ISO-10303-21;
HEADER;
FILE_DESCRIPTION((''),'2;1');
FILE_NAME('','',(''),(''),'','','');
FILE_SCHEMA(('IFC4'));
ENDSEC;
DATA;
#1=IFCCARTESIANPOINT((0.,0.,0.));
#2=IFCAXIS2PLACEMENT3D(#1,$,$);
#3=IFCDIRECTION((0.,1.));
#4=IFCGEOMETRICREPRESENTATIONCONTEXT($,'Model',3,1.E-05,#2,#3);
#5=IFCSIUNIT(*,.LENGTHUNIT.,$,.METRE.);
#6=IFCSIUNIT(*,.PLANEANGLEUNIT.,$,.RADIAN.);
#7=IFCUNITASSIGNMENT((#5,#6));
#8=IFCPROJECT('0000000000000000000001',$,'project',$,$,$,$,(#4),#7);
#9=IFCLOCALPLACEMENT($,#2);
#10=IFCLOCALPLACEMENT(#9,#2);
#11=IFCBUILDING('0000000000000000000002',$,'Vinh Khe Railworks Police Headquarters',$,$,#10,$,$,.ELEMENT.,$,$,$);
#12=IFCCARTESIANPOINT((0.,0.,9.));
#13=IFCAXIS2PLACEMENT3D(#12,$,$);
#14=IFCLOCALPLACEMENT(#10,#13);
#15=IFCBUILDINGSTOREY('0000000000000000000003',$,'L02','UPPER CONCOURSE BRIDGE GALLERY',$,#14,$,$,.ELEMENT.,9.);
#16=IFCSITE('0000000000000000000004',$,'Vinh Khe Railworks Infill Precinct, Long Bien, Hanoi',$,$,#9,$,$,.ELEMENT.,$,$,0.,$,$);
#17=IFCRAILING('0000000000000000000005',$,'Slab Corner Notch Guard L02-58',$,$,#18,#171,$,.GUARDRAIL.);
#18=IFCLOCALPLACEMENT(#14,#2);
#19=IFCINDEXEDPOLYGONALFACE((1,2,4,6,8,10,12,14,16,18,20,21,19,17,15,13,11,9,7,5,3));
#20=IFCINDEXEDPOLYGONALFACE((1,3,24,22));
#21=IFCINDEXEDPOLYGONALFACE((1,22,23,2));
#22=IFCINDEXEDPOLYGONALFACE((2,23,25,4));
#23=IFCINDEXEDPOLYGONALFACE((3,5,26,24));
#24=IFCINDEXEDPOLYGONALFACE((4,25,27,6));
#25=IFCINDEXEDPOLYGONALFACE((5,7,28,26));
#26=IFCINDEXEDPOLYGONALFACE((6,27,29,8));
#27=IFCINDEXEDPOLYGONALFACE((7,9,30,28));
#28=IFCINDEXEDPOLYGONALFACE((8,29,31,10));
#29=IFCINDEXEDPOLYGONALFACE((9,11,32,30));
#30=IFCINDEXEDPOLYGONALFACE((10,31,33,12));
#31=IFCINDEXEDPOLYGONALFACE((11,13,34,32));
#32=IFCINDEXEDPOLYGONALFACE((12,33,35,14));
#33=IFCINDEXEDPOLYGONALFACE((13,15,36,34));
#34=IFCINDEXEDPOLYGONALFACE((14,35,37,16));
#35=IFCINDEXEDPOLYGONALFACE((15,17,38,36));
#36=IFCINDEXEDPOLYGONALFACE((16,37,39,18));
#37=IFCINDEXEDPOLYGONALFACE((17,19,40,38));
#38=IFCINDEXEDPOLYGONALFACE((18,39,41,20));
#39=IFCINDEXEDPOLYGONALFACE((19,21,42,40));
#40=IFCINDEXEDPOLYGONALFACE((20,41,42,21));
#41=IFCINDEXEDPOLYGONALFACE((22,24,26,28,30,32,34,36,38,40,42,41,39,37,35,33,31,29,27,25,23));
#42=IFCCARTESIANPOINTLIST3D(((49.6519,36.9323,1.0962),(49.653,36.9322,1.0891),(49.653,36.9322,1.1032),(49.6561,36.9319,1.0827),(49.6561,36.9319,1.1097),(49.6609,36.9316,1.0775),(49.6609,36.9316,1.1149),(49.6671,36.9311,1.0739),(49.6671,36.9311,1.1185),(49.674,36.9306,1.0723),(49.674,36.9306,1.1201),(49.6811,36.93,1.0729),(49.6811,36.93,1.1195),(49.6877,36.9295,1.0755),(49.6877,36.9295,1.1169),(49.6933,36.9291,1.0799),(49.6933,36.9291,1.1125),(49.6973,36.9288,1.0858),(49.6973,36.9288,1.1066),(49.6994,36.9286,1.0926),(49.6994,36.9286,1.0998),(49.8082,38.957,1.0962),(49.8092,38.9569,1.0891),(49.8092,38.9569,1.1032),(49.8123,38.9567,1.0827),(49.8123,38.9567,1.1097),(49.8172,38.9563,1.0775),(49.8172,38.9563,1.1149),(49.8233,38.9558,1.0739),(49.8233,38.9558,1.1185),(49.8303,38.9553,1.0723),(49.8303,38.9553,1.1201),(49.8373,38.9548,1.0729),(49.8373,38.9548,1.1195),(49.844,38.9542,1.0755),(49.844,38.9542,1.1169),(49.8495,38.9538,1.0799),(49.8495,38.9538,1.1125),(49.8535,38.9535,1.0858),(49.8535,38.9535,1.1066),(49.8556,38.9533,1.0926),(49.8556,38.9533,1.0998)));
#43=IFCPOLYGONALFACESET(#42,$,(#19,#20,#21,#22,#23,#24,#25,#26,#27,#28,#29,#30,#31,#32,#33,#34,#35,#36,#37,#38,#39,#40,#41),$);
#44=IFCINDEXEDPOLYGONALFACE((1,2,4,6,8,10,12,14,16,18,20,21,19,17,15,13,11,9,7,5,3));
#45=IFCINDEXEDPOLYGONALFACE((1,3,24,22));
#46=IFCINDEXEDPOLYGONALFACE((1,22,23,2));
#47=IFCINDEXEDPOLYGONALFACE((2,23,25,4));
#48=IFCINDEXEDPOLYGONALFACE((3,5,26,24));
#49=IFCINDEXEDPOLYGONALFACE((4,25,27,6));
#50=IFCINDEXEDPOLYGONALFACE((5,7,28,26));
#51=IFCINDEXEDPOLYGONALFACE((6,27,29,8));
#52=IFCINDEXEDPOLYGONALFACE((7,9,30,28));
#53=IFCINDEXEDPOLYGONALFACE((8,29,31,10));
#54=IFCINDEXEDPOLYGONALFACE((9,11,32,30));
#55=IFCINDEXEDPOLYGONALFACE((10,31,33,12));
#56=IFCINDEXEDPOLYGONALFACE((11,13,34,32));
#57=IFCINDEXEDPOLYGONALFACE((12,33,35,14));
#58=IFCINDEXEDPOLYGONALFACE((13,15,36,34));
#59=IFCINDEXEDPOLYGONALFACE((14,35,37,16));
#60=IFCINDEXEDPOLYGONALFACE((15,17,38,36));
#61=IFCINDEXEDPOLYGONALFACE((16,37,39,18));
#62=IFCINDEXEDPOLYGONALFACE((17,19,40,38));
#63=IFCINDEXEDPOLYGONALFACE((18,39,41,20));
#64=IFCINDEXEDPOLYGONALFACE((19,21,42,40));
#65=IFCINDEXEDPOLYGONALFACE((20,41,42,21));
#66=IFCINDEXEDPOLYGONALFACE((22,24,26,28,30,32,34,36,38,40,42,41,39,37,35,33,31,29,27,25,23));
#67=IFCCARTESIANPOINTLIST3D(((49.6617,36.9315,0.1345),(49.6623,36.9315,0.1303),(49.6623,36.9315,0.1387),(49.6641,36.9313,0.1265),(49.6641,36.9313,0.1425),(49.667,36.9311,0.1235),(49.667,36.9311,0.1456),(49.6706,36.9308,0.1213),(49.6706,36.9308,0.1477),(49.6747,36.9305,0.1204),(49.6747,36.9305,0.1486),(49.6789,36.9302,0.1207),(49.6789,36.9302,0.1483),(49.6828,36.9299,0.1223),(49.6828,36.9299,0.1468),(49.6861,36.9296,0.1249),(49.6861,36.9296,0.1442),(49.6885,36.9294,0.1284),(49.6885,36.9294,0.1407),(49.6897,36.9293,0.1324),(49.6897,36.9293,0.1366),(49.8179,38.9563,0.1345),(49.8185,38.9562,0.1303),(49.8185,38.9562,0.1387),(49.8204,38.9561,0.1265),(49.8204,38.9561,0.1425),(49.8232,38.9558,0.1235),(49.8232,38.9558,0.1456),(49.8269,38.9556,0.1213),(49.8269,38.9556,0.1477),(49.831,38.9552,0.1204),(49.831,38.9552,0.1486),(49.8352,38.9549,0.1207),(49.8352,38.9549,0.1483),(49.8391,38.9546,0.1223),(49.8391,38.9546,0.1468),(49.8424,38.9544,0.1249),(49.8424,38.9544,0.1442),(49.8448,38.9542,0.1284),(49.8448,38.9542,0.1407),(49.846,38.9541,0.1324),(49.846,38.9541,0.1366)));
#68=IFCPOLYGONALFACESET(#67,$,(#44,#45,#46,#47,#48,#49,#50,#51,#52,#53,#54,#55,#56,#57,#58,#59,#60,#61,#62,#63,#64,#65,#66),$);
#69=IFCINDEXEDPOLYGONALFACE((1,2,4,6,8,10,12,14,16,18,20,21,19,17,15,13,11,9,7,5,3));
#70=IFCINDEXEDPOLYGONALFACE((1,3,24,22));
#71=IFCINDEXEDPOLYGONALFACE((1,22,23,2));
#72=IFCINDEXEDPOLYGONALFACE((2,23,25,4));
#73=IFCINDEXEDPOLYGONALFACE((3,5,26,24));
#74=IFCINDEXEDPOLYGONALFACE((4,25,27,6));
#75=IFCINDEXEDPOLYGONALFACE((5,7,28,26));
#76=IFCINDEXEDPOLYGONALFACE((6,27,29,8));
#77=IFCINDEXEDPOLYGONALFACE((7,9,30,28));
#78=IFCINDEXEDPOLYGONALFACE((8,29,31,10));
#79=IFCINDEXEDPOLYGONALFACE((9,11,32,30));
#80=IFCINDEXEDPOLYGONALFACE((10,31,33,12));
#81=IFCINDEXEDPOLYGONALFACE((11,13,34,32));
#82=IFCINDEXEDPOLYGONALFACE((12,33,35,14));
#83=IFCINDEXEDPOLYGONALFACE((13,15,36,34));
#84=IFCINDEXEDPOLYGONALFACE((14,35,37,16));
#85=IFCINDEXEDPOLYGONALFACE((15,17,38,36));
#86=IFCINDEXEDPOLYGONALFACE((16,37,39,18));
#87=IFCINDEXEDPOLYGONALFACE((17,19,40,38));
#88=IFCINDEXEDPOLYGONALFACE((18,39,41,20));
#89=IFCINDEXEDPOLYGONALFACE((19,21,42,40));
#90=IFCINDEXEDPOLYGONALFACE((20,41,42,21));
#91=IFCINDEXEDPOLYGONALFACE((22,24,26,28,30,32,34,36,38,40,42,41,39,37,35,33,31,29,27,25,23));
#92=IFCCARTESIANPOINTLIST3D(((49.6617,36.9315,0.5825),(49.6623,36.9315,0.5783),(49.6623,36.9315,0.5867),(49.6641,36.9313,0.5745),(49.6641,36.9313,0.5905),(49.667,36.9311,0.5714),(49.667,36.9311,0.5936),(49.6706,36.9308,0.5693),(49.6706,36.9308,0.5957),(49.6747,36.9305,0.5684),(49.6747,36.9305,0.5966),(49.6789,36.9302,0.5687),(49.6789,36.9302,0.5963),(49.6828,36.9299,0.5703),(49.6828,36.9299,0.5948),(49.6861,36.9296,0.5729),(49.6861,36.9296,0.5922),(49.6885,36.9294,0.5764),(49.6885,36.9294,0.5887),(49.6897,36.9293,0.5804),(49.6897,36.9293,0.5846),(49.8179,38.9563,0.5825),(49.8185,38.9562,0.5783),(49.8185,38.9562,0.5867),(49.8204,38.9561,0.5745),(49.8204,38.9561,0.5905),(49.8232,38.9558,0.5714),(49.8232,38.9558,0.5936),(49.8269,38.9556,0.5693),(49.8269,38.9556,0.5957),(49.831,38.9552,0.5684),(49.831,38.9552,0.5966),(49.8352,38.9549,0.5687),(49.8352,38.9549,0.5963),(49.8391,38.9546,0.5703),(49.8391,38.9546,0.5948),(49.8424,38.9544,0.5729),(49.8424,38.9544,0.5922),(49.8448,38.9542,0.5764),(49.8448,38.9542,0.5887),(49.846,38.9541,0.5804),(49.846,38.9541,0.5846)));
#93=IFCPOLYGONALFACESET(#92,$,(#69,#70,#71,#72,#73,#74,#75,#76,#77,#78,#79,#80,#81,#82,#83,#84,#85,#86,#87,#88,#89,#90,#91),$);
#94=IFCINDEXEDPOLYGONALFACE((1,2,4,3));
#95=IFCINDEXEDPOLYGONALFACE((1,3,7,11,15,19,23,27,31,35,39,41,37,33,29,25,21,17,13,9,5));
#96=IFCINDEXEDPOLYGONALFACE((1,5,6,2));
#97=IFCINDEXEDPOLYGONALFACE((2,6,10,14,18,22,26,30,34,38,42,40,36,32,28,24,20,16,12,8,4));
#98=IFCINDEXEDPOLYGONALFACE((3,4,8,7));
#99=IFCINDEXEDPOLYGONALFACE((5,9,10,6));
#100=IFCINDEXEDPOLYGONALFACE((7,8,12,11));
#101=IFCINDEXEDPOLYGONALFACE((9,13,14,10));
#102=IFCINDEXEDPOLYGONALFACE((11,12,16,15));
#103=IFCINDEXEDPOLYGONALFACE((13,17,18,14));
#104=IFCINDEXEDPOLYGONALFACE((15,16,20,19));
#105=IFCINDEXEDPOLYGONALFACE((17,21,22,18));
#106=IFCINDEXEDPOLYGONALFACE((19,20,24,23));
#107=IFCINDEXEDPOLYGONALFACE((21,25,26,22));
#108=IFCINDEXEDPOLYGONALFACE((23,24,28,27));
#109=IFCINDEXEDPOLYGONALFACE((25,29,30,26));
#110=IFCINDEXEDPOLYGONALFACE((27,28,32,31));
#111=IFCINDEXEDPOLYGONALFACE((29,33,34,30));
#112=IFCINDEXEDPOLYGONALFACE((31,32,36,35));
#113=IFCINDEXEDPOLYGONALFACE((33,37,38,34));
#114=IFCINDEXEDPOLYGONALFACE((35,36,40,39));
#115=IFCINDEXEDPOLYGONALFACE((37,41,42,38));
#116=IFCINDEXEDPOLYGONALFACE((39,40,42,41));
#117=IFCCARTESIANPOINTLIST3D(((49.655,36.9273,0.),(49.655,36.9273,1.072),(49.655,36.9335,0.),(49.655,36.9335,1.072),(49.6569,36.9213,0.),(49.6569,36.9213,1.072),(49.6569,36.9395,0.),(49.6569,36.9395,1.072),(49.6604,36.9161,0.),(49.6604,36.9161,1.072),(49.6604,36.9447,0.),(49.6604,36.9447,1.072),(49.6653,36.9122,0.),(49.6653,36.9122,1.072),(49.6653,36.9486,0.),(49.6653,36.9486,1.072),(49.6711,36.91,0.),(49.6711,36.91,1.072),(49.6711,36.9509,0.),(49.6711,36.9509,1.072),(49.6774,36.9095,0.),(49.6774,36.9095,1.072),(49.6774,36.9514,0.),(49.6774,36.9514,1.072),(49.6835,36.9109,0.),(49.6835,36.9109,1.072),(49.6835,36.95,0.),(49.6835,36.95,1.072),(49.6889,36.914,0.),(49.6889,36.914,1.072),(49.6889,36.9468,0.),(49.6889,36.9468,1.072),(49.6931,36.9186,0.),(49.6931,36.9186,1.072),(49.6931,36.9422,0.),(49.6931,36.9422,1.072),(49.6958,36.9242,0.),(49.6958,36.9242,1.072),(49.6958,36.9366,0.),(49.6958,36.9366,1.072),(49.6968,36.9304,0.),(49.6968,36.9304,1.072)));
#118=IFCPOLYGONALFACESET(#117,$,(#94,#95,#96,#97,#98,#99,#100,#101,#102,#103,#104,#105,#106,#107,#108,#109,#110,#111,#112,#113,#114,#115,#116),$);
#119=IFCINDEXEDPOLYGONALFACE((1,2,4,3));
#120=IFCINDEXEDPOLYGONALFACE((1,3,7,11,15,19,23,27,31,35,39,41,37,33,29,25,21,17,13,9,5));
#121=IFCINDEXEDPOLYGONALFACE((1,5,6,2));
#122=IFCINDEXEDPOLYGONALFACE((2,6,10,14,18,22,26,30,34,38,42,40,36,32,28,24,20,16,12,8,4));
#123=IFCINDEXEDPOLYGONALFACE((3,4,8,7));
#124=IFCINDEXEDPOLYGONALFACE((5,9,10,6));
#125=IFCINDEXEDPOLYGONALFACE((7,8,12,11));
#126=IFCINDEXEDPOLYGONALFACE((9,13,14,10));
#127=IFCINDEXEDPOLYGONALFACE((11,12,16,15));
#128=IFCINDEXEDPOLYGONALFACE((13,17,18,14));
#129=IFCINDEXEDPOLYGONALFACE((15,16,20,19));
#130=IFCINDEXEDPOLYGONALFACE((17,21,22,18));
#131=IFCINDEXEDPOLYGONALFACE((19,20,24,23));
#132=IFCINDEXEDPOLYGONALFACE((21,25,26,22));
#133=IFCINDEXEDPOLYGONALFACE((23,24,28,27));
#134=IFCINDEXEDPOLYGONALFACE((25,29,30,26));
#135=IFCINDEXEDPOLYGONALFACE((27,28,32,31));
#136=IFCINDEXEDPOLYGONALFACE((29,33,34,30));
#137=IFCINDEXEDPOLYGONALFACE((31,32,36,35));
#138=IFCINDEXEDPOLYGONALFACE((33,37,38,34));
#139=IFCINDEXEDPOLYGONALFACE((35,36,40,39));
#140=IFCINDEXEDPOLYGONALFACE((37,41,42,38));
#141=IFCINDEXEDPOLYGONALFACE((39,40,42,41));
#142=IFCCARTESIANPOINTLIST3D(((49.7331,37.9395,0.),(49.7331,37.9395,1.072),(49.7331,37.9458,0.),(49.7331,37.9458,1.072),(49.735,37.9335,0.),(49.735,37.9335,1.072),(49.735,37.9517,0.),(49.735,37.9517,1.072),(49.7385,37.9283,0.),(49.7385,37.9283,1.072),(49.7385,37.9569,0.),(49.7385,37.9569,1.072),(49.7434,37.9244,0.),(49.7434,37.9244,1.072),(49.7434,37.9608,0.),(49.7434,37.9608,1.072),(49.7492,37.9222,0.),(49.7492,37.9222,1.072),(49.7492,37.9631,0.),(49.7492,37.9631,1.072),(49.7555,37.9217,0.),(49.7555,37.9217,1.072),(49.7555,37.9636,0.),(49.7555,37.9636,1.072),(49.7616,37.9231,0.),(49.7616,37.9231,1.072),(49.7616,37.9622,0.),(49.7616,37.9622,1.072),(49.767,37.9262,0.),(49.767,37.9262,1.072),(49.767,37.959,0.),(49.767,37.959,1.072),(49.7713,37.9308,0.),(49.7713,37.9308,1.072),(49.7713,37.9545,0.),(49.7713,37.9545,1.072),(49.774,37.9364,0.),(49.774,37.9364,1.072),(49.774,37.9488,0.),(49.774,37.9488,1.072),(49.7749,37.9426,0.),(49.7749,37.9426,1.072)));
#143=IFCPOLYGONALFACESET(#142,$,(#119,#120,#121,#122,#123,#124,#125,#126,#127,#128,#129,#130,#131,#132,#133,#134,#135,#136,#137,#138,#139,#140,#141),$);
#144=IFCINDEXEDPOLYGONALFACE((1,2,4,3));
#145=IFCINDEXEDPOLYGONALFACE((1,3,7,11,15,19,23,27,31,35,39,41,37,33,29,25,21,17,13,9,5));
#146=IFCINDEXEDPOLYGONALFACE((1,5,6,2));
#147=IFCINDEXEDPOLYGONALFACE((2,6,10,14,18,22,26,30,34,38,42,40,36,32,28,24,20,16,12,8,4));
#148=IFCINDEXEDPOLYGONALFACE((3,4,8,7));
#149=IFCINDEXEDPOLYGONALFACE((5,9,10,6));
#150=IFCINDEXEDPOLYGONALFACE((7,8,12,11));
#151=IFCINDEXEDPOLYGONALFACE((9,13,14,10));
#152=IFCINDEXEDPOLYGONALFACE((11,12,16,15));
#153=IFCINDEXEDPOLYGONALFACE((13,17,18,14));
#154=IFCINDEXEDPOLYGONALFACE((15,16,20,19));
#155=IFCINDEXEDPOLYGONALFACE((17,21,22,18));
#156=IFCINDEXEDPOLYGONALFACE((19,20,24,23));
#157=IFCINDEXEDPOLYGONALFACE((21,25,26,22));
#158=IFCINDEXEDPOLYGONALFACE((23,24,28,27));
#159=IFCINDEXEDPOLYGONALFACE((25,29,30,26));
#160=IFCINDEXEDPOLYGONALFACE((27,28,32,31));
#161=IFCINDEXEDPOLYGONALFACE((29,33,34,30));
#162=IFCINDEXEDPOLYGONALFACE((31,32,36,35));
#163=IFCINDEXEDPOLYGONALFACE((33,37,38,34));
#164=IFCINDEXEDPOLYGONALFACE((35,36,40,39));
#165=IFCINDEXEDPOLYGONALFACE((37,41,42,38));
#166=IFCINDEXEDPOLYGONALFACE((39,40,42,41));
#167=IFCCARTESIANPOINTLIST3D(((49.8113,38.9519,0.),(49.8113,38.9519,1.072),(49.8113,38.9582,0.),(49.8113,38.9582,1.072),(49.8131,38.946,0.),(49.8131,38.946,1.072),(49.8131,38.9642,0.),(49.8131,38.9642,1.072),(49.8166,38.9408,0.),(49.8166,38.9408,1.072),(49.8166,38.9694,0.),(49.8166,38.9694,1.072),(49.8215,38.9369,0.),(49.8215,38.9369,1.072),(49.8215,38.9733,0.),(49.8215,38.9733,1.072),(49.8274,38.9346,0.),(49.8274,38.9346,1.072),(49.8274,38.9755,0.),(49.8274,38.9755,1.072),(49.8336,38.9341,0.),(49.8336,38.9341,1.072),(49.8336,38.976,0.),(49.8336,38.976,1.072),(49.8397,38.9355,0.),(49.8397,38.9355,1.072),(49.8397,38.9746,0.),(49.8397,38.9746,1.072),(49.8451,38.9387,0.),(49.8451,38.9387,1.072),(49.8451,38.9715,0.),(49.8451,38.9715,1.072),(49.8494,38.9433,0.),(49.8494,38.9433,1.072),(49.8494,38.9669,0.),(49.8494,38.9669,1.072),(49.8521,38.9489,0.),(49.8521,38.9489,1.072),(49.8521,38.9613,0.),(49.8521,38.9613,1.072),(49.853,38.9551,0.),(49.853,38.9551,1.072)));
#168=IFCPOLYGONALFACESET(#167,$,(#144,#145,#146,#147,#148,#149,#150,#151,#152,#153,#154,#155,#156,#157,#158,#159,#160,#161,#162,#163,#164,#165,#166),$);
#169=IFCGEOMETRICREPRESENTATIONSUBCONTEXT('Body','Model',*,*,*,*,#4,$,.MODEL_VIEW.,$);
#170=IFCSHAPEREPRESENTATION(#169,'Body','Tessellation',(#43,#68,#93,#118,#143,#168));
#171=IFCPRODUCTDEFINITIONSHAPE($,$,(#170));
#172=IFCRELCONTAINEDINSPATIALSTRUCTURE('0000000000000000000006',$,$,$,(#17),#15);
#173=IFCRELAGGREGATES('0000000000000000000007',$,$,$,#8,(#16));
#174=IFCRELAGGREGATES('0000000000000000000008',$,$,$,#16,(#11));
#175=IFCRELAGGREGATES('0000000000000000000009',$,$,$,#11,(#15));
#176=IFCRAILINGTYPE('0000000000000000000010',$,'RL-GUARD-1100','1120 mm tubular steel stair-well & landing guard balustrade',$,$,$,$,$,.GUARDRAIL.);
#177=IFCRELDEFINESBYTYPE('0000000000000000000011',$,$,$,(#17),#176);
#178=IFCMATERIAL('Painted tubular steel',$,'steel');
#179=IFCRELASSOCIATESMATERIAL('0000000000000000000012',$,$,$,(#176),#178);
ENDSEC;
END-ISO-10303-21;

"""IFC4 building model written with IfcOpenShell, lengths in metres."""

from ifc_helpers import new_model, si_unit, direction, frame, origin, origin_2d, place, context, subcontext, project, spatial, circle, extrude, material, type_object, element, save


model = new_model("IFC4")

# Units and contexts
model_context = context("Model", 3, precision=1e-05, world=origin(), true_north=direction((0.0, 1.0)))
body_context = subcontext(model_context, "Body", "Model", "MODEL_VIEW")
ifc_project = project(units=[si_unit("LENGTHUNIT", "METRE"), si_unit("PLANEANGLEUNIT", "RADIAN")], contexts=[model_context])

# Site, building, storey
site_placement = place(None, origin())
site = spatial("IfcSite", under=ifc_project, at=site_placement, Name="Vinh Khe Railworks Infill Precinct, Long Bien, Hanoi", CompositionType="ELEMENT", RefElevation=0.0)
building_placement = place(site_placement, origin())
building = spatial("IfcBuilding", under=site, at=building_placement, Name="Vinh Khe Railworks Police Headquarters", CompositionType="ELEMENT")
storey_placement = place(building_placement, frame((0.0, 0.0, 9.0)))
storey = spatial("IfcBuildingStorey", under=building, at=storey_placement, Name="L02", Description="UPPER CONCOURSE BRIDGE GALLERY", CompositionType="ELEMENT", Elevation=9.0)

# Railing
ifc_material_1 = material(Name="Painted tubular steel", Category="steel")
railing_type_1 = type_object("IfcRailingType", Name="RL-GUARD-1100", Description="1120 mm tubular steel stair-well & landing guard balustrade", PredefinedType="GUARDRAIL", material=ifc_material_1)
railing_1_placement = place(storey_placement, frame((49.6758, 36.9304, 0.0)))
element("IfcRailing", 1, at=railing_1_placement, inside=storey, type_object=railing_type_1, Name="Slab Corner Notch Guard L02-58", PredefinedType="GUARDRAIL", context=body_context, shape_type="SweptSolid", body=[
    extrude(circle(Radius=0.0239, at=origin_2d()), frame((0.0, 0.0, 1.0962), z_axis=(0.076945, 0.997035, 0.0), x_axis=(-0.997035, 0.076945, 0.0)), (0.0, 0.0, 1.0), 2.0308),
    extrude(circle(Radius=0.0142, at=origin_2d()), frame((0.0, 0.0, 0.1345), z_axis=(0.076945, 0.997035, 0.0), x_axis=(-0.997035, 0.076945, 0.0)), (0.0, 0.0, 1.0), 2.0308),
    extrude(circle(Radius=0.0142, at=origin_2d()), frame((0.0, 0.0, 0.5825), z_axis=(0.076945, 0.997035, 0.0), x_axis=(-0.997035, 0.076945, 0.0)), (0.0, 0.0, 1.0), 2.0308),
    extrude(circle(Radius=0.021, at=origin_2d()), origin(), (0.0, 0.0, 1.0), 1.072),
    extrude(circle(Radius=0.021, at=origin_2d()), frame((0.0781, 1.0122, 0.0)), (0.0, 0.0, 1.0), 1.072),
    extrude(circle(Radius=0.021, at=origin_2d()), frame((0.1562, 2.0247, 0.0)), (0.0, 0.0, 1.0), 1.072),
])

save(model, "model.ifc")
